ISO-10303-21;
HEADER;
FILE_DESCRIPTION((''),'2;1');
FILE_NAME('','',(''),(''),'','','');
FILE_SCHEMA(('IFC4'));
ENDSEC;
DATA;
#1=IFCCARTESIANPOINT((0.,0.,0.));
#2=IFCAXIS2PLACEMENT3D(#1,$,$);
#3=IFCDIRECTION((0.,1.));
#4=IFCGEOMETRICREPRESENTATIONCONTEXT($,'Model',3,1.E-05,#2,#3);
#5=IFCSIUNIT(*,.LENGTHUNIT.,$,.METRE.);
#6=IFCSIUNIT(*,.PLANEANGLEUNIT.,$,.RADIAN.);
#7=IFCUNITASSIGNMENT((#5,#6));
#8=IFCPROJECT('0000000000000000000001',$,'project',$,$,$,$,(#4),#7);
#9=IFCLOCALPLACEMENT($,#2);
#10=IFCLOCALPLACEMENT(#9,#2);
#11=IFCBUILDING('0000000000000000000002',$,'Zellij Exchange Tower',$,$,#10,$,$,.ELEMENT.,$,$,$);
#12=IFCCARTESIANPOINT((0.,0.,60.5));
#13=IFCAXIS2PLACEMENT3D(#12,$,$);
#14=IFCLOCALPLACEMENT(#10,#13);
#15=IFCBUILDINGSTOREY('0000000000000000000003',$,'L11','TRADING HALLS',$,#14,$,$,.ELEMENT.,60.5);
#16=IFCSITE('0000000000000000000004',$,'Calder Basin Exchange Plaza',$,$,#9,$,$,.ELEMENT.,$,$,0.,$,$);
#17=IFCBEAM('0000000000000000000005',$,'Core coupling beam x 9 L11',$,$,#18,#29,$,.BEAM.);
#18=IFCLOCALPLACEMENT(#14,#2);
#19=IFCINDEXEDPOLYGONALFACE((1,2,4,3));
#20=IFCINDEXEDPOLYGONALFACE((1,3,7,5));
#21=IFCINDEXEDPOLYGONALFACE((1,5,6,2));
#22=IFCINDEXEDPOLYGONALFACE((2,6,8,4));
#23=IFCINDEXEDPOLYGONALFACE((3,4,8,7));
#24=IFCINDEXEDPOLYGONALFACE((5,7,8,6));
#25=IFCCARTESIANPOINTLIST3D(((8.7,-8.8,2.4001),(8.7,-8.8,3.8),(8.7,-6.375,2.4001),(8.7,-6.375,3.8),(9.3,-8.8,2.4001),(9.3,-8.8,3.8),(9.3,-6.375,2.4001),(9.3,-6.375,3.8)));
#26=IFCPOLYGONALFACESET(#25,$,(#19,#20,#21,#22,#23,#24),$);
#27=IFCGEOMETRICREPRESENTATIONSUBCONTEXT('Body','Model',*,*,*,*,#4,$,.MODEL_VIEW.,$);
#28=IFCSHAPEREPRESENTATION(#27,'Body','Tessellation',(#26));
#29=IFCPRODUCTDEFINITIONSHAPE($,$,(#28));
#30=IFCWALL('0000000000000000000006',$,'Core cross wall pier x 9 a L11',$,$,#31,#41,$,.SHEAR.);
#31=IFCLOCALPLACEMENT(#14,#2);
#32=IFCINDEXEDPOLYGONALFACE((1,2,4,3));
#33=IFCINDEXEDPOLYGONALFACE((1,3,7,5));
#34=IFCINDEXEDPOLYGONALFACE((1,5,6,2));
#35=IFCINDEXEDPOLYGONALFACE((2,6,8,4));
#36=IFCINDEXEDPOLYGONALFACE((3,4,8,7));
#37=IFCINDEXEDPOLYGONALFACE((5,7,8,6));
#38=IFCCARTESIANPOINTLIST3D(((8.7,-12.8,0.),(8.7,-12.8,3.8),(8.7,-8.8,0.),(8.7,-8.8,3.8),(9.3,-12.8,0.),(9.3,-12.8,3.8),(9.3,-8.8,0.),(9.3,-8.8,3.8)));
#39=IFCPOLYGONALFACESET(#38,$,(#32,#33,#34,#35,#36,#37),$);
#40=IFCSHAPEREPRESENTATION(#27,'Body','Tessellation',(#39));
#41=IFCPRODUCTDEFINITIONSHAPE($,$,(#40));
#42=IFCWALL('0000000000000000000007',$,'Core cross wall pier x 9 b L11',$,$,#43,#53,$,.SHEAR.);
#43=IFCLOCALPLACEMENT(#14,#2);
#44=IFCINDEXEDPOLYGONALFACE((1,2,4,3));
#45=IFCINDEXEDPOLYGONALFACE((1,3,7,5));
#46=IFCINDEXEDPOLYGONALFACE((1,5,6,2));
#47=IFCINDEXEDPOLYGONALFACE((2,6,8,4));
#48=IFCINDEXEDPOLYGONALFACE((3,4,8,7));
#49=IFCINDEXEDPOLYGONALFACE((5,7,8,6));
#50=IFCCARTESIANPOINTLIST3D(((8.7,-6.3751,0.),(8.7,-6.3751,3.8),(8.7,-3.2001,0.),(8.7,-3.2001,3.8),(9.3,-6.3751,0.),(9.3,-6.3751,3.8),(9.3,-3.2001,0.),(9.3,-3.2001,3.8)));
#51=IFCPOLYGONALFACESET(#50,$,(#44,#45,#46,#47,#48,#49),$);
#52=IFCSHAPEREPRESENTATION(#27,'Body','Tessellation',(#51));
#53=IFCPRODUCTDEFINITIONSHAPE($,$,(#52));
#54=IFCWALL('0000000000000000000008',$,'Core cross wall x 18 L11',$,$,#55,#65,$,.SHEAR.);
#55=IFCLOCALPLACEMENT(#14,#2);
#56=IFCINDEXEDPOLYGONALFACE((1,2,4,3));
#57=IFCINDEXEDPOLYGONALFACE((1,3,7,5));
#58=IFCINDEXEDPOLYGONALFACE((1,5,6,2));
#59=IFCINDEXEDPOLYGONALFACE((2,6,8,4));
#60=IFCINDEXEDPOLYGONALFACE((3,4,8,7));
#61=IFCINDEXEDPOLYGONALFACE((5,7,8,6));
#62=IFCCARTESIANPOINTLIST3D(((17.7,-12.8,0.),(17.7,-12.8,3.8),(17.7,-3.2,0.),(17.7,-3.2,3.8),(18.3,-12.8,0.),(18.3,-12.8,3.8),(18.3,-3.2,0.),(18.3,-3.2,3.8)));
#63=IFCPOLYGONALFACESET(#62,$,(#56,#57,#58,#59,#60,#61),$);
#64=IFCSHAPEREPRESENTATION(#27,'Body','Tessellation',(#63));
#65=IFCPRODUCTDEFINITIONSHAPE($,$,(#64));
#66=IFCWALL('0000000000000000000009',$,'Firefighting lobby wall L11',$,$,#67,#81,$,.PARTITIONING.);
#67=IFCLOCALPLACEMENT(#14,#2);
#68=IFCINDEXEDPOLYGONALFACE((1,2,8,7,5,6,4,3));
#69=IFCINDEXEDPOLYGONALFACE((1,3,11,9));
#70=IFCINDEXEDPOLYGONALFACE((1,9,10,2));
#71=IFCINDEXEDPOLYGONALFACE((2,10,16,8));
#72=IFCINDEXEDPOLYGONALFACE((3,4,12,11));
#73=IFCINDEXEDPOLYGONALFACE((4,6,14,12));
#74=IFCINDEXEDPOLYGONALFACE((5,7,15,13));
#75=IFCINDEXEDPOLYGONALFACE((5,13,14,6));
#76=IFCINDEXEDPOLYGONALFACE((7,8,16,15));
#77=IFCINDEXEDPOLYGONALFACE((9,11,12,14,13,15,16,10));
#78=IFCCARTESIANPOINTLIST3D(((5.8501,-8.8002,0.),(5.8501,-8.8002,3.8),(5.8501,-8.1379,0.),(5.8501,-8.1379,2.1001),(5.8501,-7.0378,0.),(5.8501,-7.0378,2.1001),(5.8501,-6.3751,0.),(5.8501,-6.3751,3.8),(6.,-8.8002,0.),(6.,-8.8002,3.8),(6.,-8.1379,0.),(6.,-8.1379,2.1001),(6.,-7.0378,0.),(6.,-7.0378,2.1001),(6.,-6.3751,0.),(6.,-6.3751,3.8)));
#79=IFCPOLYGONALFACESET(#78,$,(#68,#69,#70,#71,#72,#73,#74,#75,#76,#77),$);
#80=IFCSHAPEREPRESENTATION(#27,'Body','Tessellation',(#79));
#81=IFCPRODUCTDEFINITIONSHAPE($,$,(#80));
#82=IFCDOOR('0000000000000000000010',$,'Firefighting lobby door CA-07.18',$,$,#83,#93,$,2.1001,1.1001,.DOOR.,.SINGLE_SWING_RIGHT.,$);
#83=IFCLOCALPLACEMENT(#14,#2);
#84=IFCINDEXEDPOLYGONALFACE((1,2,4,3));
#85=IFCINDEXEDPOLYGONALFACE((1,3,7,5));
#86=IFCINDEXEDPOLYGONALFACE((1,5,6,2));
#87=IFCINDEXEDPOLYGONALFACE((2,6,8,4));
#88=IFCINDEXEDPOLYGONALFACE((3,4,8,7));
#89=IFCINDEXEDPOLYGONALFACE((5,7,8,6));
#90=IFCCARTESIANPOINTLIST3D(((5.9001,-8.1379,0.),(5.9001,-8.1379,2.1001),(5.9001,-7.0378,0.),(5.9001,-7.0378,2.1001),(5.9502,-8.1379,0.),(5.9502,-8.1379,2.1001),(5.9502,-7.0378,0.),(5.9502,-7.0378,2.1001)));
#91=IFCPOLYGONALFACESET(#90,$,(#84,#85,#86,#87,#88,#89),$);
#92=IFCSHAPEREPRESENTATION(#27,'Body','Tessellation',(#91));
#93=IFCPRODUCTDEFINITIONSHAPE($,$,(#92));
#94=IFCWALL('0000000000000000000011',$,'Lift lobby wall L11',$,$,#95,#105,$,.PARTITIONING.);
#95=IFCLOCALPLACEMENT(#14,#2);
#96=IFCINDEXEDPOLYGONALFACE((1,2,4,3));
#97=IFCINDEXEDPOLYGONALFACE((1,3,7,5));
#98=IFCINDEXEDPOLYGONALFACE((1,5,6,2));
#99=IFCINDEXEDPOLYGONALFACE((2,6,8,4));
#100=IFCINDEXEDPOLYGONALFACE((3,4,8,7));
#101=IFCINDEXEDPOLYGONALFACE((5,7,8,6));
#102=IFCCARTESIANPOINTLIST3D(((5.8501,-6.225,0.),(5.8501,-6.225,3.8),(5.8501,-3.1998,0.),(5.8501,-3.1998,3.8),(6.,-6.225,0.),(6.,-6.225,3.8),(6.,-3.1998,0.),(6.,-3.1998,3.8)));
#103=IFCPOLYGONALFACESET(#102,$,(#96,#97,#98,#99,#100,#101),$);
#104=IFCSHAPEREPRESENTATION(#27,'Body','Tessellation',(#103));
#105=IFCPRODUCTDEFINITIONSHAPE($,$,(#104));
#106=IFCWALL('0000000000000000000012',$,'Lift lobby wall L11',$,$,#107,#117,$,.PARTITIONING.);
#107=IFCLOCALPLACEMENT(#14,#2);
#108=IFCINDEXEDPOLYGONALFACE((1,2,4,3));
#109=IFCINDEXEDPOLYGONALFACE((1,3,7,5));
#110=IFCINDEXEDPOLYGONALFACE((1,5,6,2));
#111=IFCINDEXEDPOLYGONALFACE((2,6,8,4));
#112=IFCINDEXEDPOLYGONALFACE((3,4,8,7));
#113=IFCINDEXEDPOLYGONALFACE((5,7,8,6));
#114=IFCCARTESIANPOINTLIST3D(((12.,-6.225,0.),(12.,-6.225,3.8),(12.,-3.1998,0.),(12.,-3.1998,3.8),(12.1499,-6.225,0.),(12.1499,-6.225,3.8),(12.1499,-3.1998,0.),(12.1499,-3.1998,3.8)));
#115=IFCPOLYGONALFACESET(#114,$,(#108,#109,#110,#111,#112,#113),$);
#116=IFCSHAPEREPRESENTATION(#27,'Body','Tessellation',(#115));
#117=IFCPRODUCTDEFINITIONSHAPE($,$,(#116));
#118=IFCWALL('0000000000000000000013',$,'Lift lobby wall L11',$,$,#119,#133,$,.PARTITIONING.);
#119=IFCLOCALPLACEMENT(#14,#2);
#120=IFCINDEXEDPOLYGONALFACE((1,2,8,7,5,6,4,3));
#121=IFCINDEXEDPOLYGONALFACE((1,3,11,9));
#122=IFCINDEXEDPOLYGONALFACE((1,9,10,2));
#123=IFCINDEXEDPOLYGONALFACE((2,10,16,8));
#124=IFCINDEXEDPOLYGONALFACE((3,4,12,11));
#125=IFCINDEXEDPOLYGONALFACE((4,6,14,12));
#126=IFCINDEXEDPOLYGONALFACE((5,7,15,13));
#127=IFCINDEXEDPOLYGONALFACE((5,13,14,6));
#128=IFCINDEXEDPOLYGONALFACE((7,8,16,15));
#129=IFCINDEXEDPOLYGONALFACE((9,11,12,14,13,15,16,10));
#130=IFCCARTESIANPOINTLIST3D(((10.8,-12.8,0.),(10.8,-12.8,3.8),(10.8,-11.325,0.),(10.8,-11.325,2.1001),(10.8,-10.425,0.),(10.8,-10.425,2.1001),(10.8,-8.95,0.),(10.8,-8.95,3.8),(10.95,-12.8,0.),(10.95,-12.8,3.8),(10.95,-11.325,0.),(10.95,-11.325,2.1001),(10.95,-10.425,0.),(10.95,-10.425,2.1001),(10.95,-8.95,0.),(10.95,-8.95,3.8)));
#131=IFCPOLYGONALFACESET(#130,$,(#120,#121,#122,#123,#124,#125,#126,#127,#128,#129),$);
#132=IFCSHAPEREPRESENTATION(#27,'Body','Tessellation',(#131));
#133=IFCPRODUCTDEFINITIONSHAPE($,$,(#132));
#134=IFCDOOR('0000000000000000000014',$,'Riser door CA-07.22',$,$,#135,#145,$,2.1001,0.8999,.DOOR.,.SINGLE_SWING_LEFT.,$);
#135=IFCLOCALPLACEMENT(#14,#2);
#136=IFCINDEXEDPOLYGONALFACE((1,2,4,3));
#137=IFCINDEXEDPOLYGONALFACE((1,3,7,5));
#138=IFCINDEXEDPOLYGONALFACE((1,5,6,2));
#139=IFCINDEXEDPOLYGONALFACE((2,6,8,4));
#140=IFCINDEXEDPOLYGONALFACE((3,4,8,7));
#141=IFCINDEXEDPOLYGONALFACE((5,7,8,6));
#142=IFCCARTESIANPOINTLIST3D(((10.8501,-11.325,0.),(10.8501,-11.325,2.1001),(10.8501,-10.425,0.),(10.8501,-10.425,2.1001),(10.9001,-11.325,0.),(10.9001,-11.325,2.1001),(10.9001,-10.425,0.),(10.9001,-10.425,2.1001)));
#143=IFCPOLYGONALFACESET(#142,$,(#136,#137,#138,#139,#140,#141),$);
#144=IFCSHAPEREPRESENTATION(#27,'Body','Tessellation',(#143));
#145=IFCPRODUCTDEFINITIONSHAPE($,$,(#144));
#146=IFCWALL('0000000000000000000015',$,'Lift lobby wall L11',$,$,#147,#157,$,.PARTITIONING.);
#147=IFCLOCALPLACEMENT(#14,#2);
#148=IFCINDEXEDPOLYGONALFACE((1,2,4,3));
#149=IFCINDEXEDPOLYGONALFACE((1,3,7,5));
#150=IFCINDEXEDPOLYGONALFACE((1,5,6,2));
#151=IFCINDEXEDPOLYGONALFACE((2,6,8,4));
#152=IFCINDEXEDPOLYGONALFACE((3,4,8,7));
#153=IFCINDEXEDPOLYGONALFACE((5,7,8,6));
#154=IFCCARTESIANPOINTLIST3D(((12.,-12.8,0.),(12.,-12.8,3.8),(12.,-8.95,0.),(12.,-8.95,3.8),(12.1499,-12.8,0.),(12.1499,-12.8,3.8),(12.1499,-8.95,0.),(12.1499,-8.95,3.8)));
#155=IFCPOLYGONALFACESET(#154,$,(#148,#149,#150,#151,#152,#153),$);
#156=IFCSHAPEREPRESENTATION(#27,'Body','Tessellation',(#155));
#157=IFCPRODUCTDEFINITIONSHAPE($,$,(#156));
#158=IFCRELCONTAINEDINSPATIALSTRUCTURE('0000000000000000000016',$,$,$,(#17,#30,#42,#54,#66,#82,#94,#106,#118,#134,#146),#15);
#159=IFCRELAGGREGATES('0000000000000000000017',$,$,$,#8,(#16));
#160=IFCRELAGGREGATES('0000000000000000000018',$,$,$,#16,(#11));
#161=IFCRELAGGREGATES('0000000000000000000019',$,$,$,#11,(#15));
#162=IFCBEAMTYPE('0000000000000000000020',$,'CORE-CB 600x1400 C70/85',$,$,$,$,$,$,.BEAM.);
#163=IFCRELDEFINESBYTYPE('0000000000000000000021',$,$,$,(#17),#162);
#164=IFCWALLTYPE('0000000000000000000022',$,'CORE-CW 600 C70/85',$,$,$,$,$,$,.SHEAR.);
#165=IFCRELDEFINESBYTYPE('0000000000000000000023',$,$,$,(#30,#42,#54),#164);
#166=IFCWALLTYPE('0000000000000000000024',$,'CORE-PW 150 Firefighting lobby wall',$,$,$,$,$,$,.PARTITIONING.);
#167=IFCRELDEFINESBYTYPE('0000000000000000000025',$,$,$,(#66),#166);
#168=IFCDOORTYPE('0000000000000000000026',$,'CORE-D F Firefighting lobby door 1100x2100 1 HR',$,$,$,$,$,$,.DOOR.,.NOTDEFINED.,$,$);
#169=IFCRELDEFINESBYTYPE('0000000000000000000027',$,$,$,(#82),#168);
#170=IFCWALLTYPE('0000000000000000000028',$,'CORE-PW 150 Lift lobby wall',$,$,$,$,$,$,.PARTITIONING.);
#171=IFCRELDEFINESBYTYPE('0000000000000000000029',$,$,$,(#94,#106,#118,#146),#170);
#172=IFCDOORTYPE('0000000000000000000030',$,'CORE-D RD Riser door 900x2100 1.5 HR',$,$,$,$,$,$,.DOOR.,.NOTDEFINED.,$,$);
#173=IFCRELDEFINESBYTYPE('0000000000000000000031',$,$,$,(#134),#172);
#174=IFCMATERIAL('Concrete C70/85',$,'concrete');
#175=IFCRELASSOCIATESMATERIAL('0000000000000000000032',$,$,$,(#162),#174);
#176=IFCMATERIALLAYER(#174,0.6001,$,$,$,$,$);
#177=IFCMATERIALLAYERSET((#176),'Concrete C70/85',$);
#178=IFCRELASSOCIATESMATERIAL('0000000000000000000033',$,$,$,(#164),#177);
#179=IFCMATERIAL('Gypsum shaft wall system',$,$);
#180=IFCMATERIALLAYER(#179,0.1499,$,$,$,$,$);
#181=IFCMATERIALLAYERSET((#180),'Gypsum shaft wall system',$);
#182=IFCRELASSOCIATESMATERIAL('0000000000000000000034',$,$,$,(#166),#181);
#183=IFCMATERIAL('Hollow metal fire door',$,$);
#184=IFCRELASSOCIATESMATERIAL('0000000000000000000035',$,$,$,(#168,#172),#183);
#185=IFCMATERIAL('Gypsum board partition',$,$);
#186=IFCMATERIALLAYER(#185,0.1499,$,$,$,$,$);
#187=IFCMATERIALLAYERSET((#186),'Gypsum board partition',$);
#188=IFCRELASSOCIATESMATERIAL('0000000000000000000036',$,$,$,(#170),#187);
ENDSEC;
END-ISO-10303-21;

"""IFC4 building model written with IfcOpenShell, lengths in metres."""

from ifc_helpers import new_model, si_unit, direction, frame, frame_2d, origin, origin_2d, place, context, subcontext, project, spatial, rectangle, extrude, material, layer, layer_set, material_profile, profile_set, type_object, element, fill, save


model = new_model("IFC4")

# Units and contexts
model_context = context("Model", 3, precision=1e-05, world=origin(), true_north=direction((0.0, 1.0)))
body_context = subcontext(model_context, "Body", "Model", "MODEL_VIEW")
ifc_project = project(units=[si_unit("LENGTHUNIT", "METRE"), si_unit("PLANEANGLEUNIT", "RADIAN")], contexts=[model_context])

# Site, building, storey
site_placement = place(None, origin())
site = spatial("IfcSite", under=ifc_project, at=site_placement, Name="Calder Basin Exchange Plaza", CompositionType="ELEMENT", RefElevation=0.0)
building_placement = place(site_placement, origin())
building = spatial("IfcBuilding", under=site, at=building_placement, Name="Zellij Exchange Tower", CompositionType="ELEMENT")
storey_placement = place(building_placement, frame((0.0, 0.0, 60.5)))
storey = spatial("IfcBuildingStorey", under=building, at=storey_placement, Name="L11", Description="TRADING HALLS", CompositionType="ELEMENT", Elevation=60.5)

# Beam
ifc_material_1 = material(Name="Concrete C70/85", Category="concrete")
ifc_material_profile = material_profile(ifc_material_1, rectangle(XDim=0.6001, YDim=1.3999, at=origin_2d()), Name="CORE-CB 600x1400 C70/85")
ifc_profile_set = profile_set([ifc_material_profile], Name="Concrete C70/85")
beam_type = type_object("IfcBeamType", Name="CORE-CB 600x1400 C70/85", PredefinedType="BEAM", material=ifc_profile_set)
beam_placement = place(storey_placement, frame((9.0, -8.8, 3.1001), z_axis=(0.0, 1.0, 0.0), x_axis=(-1.0, 0.0, 0.0)))
element("IfcBeam", 1, at=beam_placement, inside=storey, type_object=beam_type, Name="Core coupling beam x 9 L11", PredefinedType="BEAM", context=body_context, shape_type="SweptSolid", body=[
    extrude(rectangle(XDim=0.6001, YDim=1.3999, at=origin_2d()), origin(), (0.0, 0.0, 1.0), 2.425),
])

# Walls
ifc_layer_1 = layer(ifc_material_1, 0.6001)
ifc_layer_set_1 = layer_set([ifc_layer_1], Name="Concrete C70/85")
wall_type_1 = type_object("IfcWallType", Name="CORE-CW 600 C70/85", PredefinedType="SHEAR", material=ifc_layer_set_1)
wall_1_placement = place(storey_placement, frame((9.0, -12.8, 0.0), z_axis=(0.0, 0.0, 1.0), x_axis=(0.0, 1.0, 0.0)))
element("IfcWall", 2, at=wall_1_placement, inside=storey, type_object=wall_type_1, Name="Core cross wall pier x 9 a L11", PredefinedType="SHEAR", context=body_context, shape_type="SweptSolid", body=[
    extrude(rectangle(XDim=4.0, YDim=0.6001, at=frame_2d((2.0, 0.0))), origin(), (0.0, 0.0, 1.0), 3.8),
])
wall_2_placement = place(storey_placement, frame((9.0, -6.375, 0.0), z_axis=(0.0, 0.0, 1.0), x_axis=(0.0, 1.0, 0.0)))
element("IfcWall", 3, at=wall_2_placement, inside=storey, type_object=wall_type_1, Name="Core cross wall pier x 9 b L11", PredefinedType="SHEAR", context=body_context, shape_type="SweptSolid", body=[
    extrude(rectangle(XDim=3.175, YDim=0.6001, at=frame_2d((1.5874, 0.0))), origin(), (0.0, 0.0, 1.0), 3.8),
])
wall_3_placement = place(storey_placement, frame((18.0, -12.8, 0.0), z_axis=(0.0, 0.0, 1.0), x_axis=(0.0, 1.0, 0.0)))
element("IfcWall", 4, at=wall_3_placement, inside=storey, type_object=wall_type_1, Name="Core cross wall x 18 L11", PredefinedType="SHEAR", context=body_context, shape_type="SweptSolid", body=[
    extrude(rectangle(XDim=9.6001, YDim=0.6001, at=frame_2d((4.8, 0.0))), origin(), (0.0, 0.0, 1.0), 3.8),
])

# Wall, opening, door
ifc_material_2 = material(Name="Gypsum shaft wall system")
ifc_layer_2 = layer(ifc_material_2, 0.1499)
ifc_layer_set_2 = layer_set([ifc_layer_2], Name="Gypsum shaft wall system")
wall_type_2 = type_object("IfcWallType", Name="CORE-PW 150 Firefighting lobby wall", PredefinedType="PARTITIONING", material=ifc_layer_set_2)
wall_4_placement = place(storey_placement, frame((5.925, -8.8, 0.0), z_axis=(0.0, 0.0, 1.0), x_axis=(0.0, 1.0, 0.0)))
wall_4 = element("IfcWall", 5, at=wall_4_placement, inside=storey, type_object=wall_type_2, Name="Firefighting lobby wall L11", PredefinedType="PARTITIONING", context=body_context, shape_type="SweptSolid", body=[
    extrude(rectangle(XDim=2.425, YDim=0.1499, at=frame_2d((1.2124, 0.0))), origin(), (0.0, 0.0, 1.0), 3.8),
])
opening_1_placement = place(wall_4_placement, frame((0.6621, 0.0, 0.0)))
opening_1 = element("IfcOpeningElement", 6, at=opening_1_placement, cuts=wall_4, PredefinedType="OPENING", context=body_context, shape_type="SweptSolid", body=[
    extrude(rectangle(XDim=1.1001, YDim=2.1001, at=frame_2d((0.55, 1.05))), frame((0.0, 0.0869, 0.0), z_axis=(0.0, -1.0, 0.0), x_axis=(1.0, 0.0, 0.0)), (0.0, 0.0, 1.0), 0.1738),
])
ifc_material_3 = material(Name="Hollow metal fire door")
door_type_1 = type_object("IfcDoorType", Name="CORE-D F Firefighting lobby door 1100x2100 1 HR", OperationType="NOTDEFINED", PredefinedType="DOOR", material=ifc_material_3)
door_1_placement = place(opening_1_placement, origin())
door_1 = element("IfcDoor", 7, at=door_1_placement, inside=storey, type_object=door_type_1, Name="Firefighting lobby door CA-07.18", OperationType="SINGLE_SWING_RIGHT", OverallHeight=2.1001, OverallWidth=1.1001, PredefinedType="DOOR", context=body_context, shape_type="SweptSolid", body=[
    extrude(rectangle(XDim=1.1001, YDim=2.1001, at=frame_2d((0.55, 1.05))), frame((0.0, 0.0249, 0.0), z_axis=(0.0, -1.0, 0.0), x_axis=(1.0, 0.0, 0.0)), (0.0, 0.0, 1.0), 0.05),
])
fill(opening_1, door_1)

# Walls
ifc_material_4 = material(Name="Gypsum board partition")
ifc_layer_3 = layer(ifc_material_4, 0.1499)
ifc_layer_set_3 = layer_set([ifc_layer_3], Name="Gypsum board partition")
wall_type_3 = type_object("IfcWallType", Name="CORE-PW 150 Lift lobby wall", PredefinedType="PARTITIONING", material=ifc_layer_set_3)
for number, where, z_axis, x_axis, name in (
    (8, (5.925, -6.2251, 0.0), (0.0, 0.0, 1.0), (0.0, 1.0, 0.0), "Lift lobby wall L11"),
    (9, (12.075, -6.2251, 0.0), (0.0, 0.0, 1.0), (0.0, 1.0, 0.0), "Lift lobby wall L11"),
):
    element("IfcWall", number, at=place(storey_placement, frame(where, z_axis=z_axis, x_axis=x_axis)), inside=storey, type_object=wall_type_3, Name=name, PredefinedType="PARTITIONING", context=body_context, shape_type="SweptSolid", body=[
        extrude(rectangle(XDim=3.0251, YDim=0.1499, at=frame_2d((1.5127, 0.0))), origin(), (0.0, 0.0, 1.0), 3.8),
    ])

# Wall, opening, door
wall_5_placement = place(storey_placement, frame((10.875, -12.8, 0.0), z_axis=(0.0, 0.0, 1.0), x_axis=(0.0, 1.0, 0.0)))
wall_5 = element("IfcWall", 10, at=wall_5_placement, inside=storey, type_object=wall_type_3, Name="Lift lobby wall L11", PredefinedType="PARTITIONING", context=body_context, shape_type="SweptSolid", body=[
    extrude(rectangle(XDim=3.8501, YDim=0.1499, at=frame_2d((1.925, 0.0))), origin(), (0.0, 0.0, 1.0), 3.8),
])
opening_2_placement = place(wall_5_placement, frame((1.4751, 0.0, 0.0)))
opening_2 = element("IfcOpeningElement", 11, at=opening_2_placement, cuts=wall_5, PredefinedType="OPENING", context=body_context, shape_type="SweptSolid", body=[
    extrude(rectangle(XDim=0.8999, YDim=2.1001, at=frame_2d((0.45, 1.05))), frame((0.0, 0.0869, 0.0), z_axis=(0.0, -1.0, 0.0), x_axis=(1.0, 0.0, 0.0)), (0.0, 0.0, 1.0), 0.1738),
])
door_type_2 = type_object("IfcDoorType", Name="CORE-D RD Riser door 900x2100 1.5 HR", OperationType="NOTDEFINED", PredefinedType="DOOR", material=ifc_material_3)
door_2_placement = place(opening_2_placement, origin())
door_2 = element("IfcDoor", 12, at=door_2_placement, inside=storey, type_object=door_type_2, Name="Riser door CA-07.22", OperationType="SINGLE_SWING_LEFT", OverallHeight=2.1001, OverallWidth=0.8999, PredefinedType="DOOR", context=body_context, shape_type="SweptSolid", body=[
    extrude(rectangle(XDim=0.8999, YDim=2.1001, at=frame_2d((0.45, 1.05))), frame((0.0, 0.0249, 0.0), z_axis=(0.0, -1.0, 0.0), x_axis=(1.0, 0.0, 0.0)), (0.0, 0.0, 1.0), 0.05),
])
fill(opening_2, door_2)

# Wall
wall_6_placement = place(storey_placement, frame((12.075, -12.8, 0.0), z_axis=(0.0, 0.0, 1.0), x_axis=(0.0, 1.0, 0.0)))
element("IfcWall", 13, at=wall_6_placement, inside=storey, type_object=wall_type_3, Name="Lift lobby wall L11", PredefinedType="PARTITIONING", context=body_context, shape_type="SweptSolid", body=[
    extrude(rectangle(XDim=3.8501, YDim=0.1499, at=frame_2d((1.925, 0.0))), origin(), (0.0, 0.0, 1.0), 3.8),
])

save(model, "model.ifc")
